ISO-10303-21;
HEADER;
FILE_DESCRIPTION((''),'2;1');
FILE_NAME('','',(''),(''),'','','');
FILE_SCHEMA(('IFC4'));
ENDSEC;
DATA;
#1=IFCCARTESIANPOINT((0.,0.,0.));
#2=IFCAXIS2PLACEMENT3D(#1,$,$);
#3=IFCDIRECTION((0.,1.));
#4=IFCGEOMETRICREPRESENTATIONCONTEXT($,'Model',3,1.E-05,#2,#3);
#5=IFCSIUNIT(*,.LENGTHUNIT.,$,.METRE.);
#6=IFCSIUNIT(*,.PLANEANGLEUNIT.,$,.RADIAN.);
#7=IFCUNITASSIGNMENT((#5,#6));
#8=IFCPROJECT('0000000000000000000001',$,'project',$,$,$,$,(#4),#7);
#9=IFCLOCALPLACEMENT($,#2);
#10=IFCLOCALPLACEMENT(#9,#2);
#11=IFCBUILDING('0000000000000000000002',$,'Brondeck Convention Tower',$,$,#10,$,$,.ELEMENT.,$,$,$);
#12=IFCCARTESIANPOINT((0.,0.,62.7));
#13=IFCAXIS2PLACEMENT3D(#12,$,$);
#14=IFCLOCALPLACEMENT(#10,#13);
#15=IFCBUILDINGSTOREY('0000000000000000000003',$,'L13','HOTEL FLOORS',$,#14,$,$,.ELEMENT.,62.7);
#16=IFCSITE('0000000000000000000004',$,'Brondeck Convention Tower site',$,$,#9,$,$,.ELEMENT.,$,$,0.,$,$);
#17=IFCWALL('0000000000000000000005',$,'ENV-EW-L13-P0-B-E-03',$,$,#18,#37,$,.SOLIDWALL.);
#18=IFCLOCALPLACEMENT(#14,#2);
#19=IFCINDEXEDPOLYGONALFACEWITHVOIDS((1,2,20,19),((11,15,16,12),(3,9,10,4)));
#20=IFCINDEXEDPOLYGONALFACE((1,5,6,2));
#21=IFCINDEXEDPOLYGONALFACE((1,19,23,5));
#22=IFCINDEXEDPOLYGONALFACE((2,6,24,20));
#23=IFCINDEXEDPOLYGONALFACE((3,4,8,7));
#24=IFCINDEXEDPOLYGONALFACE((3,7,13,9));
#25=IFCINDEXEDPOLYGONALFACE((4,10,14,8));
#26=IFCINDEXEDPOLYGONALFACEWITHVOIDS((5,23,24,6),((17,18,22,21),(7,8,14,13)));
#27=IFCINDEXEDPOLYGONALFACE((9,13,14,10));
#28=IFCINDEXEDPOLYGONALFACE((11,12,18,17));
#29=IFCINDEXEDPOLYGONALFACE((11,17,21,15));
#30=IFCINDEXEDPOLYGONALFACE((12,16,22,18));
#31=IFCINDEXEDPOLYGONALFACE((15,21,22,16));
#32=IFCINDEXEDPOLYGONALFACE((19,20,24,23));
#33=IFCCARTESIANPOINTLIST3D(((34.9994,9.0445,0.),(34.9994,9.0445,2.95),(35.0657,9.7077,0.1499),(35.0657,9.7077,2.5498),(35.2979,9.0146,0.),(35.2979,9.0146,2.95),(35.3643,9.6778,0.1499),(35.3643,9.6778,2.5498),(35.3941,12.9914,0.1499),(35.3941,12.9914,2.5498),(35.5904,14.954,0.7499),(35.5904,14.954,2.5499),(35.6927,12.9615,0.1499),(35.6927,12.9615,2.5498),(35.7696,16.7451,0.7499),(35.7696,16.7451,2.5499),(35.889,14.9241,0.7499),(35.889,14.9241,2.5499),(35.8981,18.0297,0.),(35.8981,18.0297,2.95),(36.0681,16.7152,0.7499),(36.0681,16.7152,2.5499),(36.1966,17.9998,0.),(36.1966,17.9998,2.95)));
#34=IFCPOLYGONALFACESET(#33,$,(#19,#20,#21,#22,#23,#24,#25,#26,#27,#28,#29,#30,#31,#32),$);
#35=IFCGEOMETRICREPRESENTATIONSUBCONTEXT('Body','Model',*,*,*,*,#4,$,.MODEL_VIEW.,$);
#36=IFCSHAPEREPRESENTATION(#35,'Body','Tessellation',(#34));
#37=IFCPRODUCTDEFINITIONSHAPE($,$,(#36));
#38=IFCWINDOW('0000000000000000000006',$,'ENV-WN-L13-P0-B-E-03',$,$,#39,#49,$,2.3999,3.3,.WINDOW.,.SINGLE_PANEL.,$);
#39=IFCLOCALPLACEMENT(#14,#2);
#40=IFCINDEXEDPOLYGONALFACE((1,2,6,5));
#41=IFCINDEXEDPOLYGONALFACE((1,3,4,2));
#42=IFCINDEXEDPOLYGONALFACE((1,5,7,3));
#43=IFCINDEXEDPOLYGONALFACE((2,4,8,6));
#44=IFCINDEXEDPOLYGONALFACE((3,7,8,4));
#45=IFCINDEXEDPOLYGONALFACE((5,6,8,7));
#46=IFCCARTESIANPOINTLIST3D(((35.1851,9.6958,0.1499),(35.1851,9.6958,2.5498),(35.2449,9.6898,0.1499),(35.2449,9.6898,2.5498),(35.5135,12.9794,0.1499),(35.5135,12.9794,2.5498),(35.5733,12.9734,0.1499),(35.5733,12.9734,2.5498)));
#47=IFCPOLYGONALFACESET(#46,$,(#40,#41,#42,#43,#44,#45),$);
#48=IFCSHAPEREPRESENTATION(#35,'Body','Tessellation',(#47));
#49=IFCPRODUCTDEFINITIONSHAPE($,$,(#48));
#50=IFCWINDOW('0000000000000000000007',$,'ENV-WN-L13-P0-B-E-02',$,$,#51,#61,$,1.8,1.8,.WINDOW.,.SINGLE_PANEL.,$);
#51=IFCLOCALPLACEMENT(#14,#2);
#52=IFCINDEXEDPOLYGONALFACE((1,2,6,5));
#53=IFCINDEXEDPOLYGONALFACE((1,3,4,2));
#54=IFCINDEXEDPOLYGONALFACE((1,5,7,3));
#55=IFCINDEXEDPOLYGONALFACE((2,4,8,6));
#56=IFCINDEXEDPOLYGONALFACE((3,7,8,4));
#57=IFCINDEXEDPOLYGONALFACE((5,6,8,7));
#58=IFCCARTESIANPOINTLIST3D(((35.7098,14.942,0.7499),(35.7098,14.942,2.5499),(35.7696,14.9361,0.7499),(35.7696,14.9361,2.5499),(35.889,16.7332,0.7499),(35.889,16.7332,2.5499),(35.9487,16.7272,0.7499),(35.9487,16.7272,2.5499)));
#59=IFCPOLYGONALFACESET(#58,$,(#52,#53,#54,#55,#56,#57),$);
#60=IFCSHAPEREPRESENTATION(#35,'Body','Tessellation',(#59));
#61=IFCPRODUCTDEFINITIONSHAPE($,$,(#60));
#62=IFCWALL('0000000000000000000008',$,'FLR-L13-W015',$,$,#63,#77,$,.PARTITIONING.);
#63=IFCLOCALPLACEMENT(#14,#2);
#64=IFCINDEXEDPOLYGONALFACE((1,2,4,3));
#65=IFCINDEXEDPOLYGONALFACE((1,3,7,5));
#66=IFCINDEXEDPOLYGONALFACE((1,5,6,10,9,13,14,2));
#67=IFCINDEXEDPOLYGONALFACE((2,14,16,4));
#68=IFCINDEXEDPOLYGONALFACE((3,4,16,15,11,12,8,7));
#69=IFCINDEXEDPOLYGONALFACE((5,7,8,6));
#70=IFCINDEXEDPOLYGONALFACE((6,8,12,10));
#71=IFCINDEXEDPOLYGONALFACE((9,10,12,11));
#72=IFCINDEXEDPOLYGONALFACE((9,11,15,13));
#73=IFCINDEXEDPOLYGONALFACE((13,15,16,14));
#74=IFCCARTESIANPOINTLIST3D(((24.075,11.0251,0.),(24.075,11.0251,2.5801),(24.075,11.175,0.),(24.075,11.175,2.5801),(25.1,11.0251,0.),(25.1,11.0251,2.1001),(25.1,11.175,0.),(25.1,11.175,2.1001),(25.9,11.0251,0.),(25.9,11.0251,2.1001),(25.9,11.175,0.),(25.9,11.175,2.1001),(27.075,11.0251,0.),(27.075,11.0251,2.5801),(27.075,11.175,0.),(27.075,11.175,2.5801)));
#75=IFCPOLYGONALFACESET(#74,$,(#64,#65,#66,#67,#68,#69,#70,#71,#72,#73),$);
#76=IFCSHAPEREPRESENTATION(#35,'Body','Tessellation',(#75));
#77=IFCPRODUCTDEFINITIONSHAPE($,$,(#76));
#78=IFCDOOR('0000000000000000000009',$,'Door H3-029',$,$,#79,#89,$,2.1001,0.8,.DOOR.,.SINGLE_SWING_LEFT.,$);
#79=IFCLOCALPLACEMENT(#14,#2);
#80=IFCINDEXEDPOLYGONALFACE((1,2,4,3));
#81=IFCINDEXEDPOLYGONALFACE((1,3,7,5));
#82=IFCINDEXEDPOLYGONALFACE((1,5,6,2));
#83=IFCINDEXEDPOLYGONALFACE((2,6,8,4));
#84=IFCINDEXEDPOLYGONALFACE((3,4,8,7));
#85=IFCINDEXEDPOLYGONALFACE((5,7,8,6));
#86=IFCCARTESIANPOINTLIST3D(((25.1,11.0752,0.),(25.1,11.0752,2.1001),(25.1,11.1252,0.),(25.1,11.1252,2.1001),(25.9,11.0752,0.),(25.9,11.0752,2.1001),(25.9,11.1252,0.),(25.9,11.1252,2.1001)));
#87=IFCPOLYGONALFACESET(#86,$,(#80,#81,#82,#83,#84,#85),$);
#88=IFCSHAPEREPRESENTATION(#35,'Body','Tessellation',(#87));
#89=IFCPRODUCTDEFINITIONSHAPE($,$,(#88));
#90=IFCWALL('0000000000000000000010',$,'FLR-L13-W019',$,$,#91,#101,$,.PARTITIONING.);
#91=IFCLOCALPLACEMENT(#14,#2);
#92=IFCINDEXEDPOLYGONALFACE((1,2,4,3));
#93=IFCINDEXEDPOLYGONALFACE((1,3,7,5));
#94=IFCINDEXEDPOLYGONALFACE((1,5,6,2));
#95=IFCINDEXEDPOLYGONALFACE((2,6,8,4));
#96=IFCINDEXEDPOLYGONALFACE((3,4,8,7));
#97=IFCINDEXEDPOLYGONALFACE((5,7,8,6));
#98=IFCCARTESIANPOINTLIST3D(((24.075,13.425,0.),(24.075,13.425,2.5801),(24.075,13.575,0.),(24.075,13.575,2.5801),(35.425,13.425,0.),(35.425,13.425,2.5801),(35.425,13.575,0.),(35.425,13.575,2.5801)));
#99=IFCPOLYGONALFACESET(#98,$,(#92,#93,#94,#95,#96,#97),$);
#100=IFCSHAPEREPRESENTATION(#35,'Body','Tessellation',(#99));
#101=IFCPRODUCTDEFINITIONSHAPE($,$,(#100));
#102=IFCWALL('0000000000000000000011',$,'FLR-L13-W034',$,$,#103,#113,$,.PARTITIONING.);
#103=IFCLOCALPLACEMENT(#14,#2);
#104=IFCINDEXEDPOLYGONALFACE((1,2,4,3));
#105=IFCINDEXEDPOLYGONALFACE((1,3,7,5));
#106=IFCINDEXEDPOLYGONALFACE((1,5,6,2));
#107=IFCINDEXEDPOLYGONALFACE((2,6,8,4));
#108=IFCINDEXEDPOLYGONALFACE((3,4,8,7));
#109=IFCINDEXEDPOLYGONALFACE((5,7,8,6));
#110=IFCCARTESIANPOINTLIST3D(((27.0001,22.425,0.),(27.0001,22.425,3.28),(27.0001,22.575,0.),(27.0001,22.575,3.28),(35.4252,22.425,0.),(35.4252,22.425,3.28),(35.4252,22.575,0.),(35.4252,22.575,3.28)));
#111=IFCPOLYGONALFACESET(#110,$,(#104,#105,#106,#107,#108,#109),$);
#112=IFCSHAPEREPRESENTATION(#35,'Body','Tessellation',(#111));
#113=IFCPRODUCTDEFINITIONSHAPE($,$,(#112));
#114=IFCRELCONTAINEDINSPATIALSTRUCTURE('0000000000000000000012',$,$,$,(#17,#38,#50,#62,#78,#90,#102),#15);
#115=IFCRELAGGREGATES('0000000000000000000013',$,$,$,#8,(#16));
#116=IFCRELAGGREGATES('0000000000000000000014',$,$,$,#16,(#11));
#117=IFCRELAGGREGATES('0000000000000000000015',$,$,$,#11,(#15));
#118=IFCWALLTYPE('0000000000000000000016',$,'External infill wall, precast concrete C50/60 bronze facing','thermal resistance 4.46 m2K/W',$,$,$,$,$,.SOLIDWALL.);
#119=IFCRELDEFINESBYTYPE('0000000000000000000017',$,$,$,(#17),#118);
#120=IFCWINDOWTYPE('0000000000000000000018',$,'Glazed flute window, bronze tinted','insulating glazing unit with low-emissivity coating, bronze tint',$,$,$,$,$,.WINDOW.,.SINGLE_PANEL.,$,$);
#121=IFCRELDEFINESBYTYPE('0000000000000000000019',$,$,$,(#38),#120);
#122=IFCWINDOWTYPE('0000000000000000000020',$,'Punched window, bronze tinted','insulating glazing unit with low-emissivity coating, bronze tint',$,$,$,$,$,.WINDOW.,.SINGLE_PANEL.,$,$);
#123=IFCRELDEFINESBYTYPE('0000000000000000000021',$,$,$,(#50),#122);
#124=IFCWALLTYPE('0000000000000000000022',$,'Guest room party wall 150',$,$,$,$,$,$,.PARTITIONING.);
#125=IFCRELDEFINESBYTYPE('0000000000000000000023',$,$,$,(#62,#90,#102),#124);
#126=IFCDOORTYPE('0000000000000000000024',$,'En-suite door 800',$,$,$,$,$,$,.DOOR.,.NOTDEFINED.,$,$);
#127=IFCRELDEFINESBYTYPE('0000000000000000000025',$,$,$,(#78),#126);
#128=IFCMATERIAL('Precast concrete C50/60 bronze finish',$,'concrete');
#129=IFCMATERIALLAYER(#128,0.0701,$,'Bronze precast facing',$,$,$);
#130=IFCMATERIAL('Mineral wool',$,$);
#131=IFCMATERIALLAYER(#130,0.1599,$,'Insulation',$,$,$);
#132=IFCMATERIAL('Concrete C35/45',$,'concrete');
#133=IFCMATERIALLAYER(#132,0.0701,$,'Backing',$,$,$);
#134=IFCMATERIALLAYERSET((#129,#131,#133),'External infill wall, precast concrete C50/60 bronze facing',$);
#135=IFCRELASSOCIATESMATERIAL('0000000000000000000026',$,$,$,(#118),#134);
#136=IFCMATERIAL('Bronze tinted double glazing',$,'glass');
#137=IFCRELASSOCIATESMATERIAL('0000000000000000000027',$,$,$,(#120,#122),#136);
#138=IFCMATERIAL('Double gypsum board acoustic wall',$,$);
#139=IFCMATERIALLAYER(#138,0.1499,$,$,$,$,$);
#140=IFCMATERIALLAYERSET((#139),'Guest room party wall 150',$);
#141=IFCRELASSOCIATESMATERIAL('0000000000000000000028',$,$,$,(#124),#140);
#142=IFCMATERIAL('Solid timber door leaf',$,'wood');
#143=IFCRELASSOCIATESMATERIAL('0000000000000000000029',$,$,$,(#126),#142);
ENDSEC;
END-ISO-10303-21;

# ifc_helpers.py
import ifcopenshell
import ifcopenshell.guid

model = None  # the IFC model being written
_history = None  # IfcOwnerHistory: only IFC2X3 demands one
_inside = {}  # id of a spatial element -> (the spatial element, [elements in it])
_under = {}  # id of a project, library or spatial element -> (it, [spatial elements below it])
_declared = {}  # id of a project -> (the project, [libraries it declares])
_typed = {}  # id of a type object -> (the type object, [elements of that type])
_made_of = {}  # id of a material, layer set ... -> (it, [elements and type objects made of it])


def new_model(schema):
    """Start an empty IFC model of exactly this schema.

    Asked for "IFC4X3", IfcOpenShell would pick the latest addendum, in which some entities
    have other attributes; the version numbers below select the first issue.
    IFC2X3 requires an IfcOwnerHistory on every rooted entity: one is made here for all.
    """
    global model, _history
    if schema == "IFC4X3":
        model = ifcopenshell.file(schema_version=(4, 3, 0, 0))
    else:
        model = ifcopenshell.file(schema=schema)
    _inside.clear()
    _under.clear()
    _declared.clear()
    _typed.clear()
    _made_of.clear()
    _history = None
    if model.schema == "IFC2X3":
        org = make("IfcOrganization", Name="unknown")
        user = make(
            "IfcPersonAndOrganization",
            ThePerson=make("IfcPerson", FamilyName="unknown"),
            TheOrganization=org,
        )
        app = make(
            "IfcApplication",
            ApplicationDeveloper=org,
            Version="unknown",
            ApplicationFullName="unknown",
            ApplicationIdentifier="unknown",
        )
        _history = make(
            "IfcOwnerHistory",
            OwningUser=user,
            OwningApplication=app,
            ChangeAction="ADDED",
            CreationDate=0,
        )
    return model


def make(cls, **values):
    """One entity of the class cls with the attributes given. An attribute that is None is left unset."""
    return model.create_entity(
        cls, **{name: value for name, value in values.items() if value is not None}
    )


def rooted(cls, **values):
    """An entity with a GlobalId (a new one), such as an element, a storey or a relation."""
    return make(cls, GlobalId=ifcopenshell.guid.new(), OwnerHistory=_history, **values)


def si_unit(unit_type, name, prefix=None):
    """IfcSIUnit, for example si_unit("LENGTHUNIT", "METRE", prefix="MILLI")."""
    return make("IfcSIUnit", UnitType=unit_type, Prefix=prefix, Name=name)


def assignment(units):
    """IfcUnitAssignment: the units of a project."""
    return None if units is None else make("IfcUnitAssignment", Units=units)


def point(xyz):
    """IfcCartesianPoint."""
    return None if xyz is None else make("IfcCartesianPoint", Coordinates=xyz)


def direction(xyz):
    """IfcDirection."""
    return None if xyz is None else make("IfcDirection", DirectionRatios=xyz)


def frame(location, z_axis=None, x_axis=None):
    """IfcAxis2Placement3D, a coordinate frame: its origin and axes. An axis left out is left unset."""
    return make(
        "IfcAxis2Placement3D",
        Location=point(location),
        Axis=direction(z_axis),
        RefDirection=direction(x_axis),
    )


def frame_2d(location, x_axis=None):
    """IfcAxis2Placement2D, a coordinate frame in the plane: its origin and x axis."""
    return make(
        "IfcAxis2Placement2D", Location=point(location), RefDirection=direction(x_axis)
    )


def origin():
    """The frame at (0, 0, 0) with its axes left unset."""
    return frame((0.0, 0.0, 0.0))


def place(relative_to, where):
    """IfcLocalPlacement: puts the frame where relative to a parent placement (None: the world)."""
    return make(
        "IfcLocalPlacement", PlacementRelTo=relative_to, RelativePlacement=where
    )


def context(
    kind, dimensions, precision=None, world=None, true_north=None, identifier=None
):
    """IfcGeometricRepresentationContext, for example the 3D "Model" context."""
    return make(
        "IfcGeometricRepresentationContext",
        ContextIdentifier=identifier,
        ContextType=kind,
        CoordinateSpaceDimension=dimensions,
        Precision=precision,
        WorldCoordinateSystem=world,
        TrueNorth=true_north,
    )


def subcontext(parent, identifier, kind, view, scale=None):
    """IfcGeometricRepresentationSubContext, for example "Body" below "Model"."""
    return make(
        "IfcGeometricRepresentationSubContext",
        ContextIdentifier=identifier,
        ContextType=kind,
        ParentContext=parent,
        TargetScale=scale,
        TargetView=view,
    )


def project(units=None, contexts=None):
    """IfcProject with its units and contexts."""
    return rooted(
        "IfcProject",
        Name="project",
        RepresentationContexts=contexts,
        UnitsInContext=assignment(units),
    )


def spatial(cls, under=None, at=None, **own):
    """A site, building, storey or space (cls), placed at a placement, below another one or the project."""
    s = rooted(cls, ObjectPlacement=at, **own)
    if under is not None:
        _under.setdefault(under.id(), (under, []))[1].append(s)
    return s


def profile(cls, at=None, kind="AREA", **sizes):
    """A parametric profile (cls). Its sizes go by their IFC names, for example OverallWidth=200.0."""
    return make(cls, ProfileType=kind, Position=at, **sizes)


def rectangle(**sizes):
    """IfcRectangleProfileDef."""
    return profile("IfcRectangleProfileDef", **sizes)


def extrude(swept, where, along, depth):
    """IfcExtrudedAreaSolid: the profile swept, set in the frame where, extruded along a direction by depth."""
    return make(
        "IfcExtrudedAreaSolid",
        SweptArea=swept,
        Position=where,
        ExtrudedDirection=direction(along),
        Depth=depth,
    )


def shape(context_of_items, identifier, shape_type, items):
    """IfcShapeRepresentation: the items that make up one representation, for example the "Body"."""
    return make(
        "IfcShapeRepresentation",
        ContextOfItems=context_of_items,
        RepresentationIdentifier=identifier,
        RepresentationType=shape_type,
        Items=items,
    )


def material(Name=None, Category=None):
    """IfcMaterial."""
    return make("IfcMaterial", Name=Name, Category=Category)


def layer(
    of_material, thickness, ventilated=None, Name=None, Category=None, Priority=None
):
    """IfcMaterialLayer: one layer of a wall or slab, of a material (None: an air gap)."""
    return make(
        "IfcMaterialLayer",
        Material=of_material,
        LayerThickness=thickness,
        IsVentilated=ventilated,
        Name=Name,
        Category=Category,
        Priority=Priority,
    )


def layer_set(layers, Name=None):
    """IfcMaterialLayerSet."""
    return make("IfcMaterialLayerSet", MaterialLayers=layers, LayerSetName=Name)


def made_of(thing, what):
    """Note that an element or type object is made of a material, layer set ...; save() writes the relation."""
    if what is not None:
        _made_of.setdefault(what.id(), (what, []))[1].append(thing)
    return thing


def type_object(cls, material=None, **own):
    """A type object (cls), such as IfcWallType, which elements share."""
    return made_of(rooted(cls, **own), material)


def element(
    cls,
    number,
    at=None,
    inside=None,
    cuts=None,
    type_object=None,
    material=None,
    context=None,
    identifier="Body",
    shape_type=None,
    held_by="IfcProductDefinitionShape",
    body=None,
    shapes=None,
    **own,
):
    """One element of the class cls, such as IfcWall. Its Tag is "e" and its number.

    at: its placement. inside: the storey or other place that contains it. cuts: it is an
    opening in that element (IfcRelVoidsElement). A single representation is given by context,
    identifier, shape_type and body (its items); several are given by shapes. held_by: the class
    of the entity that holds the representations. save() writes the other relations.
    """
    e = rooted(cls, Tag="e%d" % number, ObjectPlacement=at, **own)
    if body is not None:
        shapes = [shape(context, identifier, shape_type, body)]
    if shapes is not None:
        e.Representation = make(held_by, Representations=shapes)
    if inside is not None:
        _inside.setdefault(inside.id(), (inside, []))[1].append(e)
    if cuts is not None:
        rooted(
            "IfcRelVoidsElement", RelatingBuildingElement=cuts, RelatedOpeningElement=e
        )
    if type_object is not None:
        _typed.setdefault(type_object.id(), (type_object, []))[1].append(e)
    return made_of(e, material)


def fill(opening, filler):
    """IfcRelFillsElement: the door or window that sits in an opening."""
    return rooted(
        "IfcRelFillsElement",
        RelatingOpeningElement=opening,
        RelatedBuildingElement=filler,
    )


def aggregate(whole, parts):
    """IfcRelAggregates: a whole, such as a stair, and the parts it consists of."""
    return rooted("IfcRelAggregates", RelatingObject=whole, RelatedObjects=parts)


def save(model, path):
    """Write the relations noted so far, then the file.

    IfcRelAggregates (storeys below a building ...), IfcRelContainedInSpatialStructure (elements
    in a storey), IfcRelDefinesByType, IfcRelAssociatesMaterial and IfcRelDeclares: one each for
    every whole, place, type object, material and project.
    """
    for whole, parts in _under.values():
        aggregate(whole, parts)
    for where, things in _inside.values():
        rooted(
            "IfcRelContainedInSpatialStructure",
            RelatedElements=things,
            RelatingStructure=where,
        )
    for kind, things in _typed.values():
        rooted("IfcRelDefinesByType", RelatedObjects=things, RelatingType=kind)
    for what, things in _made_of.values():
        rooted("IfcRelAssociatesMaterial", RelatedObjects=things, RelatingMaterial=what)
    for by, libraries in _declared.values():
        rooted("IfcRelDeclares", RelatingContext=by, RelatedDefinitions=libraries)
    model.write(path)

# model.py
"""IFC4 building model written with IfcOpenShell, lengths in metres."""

from ifc_helpers import new_model, si_unit, direction, frame, frame_2d, origin, place, context, subcontext, project, spatial, rectangle, extrude, material, layer, layer_set, type_object, element, fill, save


model = new_model("IFC4")

# Units and contexts
model_context = context("Model", 3, precision=1e-05, world=origin(), true_north=direction((0.0, 1.0)))
body_context = subcontext(model_context, "Body", "Model", "MODEL_VIEW")
ifc_project = project(units=[si_unit("LENGTHUNIT", "METRE"), si_unit("PLANEANGLEUNIT", "RADIAN")], contexts=[model_context])

# Site, building, storey
site_placement = place(None, origin())
site = spatial("IfcSite", under=ifc_project, at=site_placement, Name="Brondeck Convention Tower site", CompositionType="ELEMENT", RefElevation=0.0)
building_placement = place(site_placement, origin())
building = spatial("IfcBuilding", under=site, at=building_placement, Name="Brondeck Convention Tower", CompositionType="ELEMENT")
storey_placement = place(building_placement, frame((0.0, 0.0, 62.7)))
storey = spatial("IfcBuildingStorey", under=building, at=storey_placement, Name="L13", Description="HOTEL FLOORS", CompositionType="ELEMENT", Elevation=62.7)

# Wall, openings, windows
ifc_material_1 = material(Name="Precast concrete C50/60 bronze finish", Category="concrete")
ifc_layer_1 = layer(ifc_material_1, 0.0701, Name="Bronze precast facing")
ifc_material_2 = material(Name="Mineral wool")
ifc_layer_2 = layer(ifc_material_2, 0.1599, Name="Insulation")
ifc_material_3 = material(Name="Concrete C35/45", Category="concrete")
ifc_layer_3 = layer(ifc_material_3, 0.0701, Name="Backing")
ifc_layer_set_1 = layer_set([ifc_layer_1, ifc_layer_2, ifc_layer_3], Name="External infill wall, precast concrete C50/60 bronze facing")
wall_type_1 = type_object("IfcWallType", Name="External infill wall, precast concrete C50/60 bronze facing", Description="thermal resistance 4.46 m2K/W", PredefinedType="SOLIDWALL", material=ifc_layer_set_1)
wall_1_placement = place(storey_placement, frame((36.0474, 18.0149, 0.0), z_axis=(0.0, 0.0, 1.0), x_axis=(-0.099522, -0.995035, 0.0)))
wall_1 = element("IfcWall", 1, at=wall_1_placement, inside=storey, type_object=wall_type_1, Name="ENV-EW-L13-P0-B-E-03", PredefinedType="SOLIDWALL", context=body_context, shape_type="SweptSolid", body=[
    extrude(rectangle(XDim=9.03, YDim=0.3, at=frame_2d((4.5151, 0.0))), origin(), (0.0, 0.0, 1.0), 2.95),
])
opening_1_placement = place(wall_1_placement, frame((1.2913, 0.0, 0.75)))
opening_1 = element("IfcOpeningElement", 2, at=opening_1_placement, cuts=wall_1, PredefinedType="OPENING", context=body_context, shape_type="SweptSolid", body=[
    extrude(rectangle(XDim=1.8, YDim=1.8, at=frame_2d((0.8999, 0.8999))), frame((0.0, 0.1599, 0.0), z_axis=(0.0, -1.0, 0.0), x_axis=(1.0, 0.0, 0.0)), (0.0, 0.0, 1.0), 0.3201),
])
opening_2_placement = place(wall_1_placement, frame((5.0637, 0.0, 0.1499)))
opening_2 = element("IfcOpeningElement", 3, at=opening_2_placement, cuts=wall_1, PredefinedType="OPENING", context=body_context, shape_type="SweptSolid", body=[
    extrude(rectangle(XDim=3.3, YDim=2.3999, at=frame_2d((1.6499, 1.2))), frame((0.0, 0.1599, 0.0), z_axis=(0.0, -1.0, 0.0), x_axis=(1.0, 0.0, 0.0)), (0.0, 0.0, 1.0), 0.3201),
])
ifc_material_4 = material(Name="Bronze tinted double glazing", Category="glass")
window_type_1 = type_object("IfcWindowType", Name="Glazed flute window, bronze tinted", Description="insulating glazing unit with low-emissivity coating, bronze tint", PartitioningType="SINGLE_PANEL", PredefinedType="WINDOW", material=ifc_material_4)
window_1_placement = place(opening_2_placement, origin())
window_1 = element("IfcWindow", 4, at=window_1_placement, inside=storey, type_object=window_type_1, Name="ENV-WN-L13-P0-B-E-03", OverallHeight=2.3999, OverallWidth=3.3, PartitioningType="SINGLE_PANEL", PredefinedType="WINDOW", context=body_context, shape_type="SweptSolid", body=[
    extrude(rectangle(XDim=3.3, YDim=2.3999, at=frame_2d((1.6499, 1.2))), frame((0.0, 0.03, 0.0), z_axis=(0.0, -1.0, 0.0), x_axis=(1.0, 0.0, 0.0)), (0.0, 0.0, 1.0), 0.0601),
])
fill(opening_2, window_1)
window_type_2 = type_object("IfcWindowType", Name="Punched window, bronze tinted", Description="insulating glazing unit with low-emissivity coating, bronze tint", PartitioningType="SINGLE_PANEL", PredefinedType="WINDOW", material=ifc_material_4)
window_2_placement = place(opening_1_placement, origin())
window_2 = element("IfcWindow", 5, at=window_2_placement, inside=storey, type_object=window_type_2, Name="ENV-WN-L13-P0-B-E-02", OverallHeight=1.8, OverallWidth=1.8, PartitioningType="SINGLE_PANEL", PredefinedType="WINDOW", context=body_context, shape_type="SweptSolid", body=[
    extrude(rectangle(XDim=1.8, YDim=1.8, at=frame_2d((0.8999, 0.8999))), frame((0.0, 0.03, 0.0), z_axis=(0.0, -1.0, 0.0), x_axis=(1.0, 0.0, 0.0)), (0.0, 0.0, 1.0), 0.0601),
])
fill(opening_1, window_2)

# Wall, opening, door
ifc_material_5 = material(Name="Double gypsum board acoustic wall")
ifc_layer_4 = layer(ifc_material_5, 0.1499)
ifc_layer_set_2 = layer_set([ifc_layer_4], Name="Guest room party wall 150")
wall_type_2 = type_object("IfcWallType", Name="Guest room party wall 150", PredefinedType="PARTITIONING", material=ifc_layer_set_2)
wall_2_placement = place(storey_placement, frame((27.075, 11.1001, 0.0), z_axis=(0.0, 0.0, 1.0), x_axis=(-1.0, 0.0, 0.0)))
wall_2 = element("IfcWall", 6, at=wall_2_placement, inside=storey, type_object=wall_type_2, Name="FLR-L13-W015", PredefinedType="PARTITIONING", context=body_context, shape_type="SweptSolid", body=[
    extrude(rectangle(XDim=3.0, YDim=0.1499, at=frame_2d((1.5, 0.0))), origin(), (0.0, 0.0, 1.0), 2.5801),
])
opening_3_placement = place(wall_2_placement, frame((1.175, 0.0, 0.0)))
opening_3 = element("IfcOpeningElement", 7, at=opening_3_placement, cuts=wall_2, PredefinedType="OPENING", context=body_context, shape_type="SweptSolid", body=[
    extrude(rectangle(XDim=0.8, YDim=2.1001, at=frame_2d((0.3999, 1.05))), frame((0.0, 0.085, 0.0), z_axis=(0.0, -1.0, 0.0), x_axis=(1.0, 0.0, 0.0)), (0.0, 0.0, 1.0), 0.1699),
])
ifc_material_6 = material(Name="Solid timber door leaf", Category="wood")
door_type = type_object("IfcDoorType", Name="En-suite door 800", OperationType="NOTDEFINED", PredefinedType="DOOR", material=ifc_material_6)
door_placement = place(opening_3_placement, origin())
door = element("IfcDoor", 8, at=door_placement, inside=storey, type_object=door_type, Name="Door H3-029", OperationType="SINGLE_SWING_LEFT", OverallHeight=2.1001, OverallWidth=0.8, PredefinedType="DOOR", context=body_context, shape_type="SweptSolid", body=[
    extrude(rectangle(XDim=0.8, YDim=2.1001, at=frame_2d((0.3999, 1.05))), frame((0.0, 0.0249, 0.0), z_axis=(0.0, -1.0, 0.0), x_axis=(1.0, 0.0, 0.0)), (0.0, 0.0, 1.0), 0.05),
])
fill(opening_3, door)

# Walls
wall_3_placement = place(storey_placement, frame((35.425, 13.5, 0.0), z_axis=(0.0, 0.0, 1.0), x_axis=(-1.0, 0.0, 0.0)))
element("IfcWall", 9, at=wall_3_placement, inside=storey, type_object=wall_type_2, Name="FLR-L13-W019", PredefinedType="PARTITIONING", context=body_context, shape_type="SweptSolid", body=[
    extrude(rectangle(XDim=11.3501, YDim=0.1499, at=frame_2d((5.675, 0.0))), origin(), (0.0, 0.0, 1.0), 2.5801),
])
wall_4_placement = place(storey_placement, frame((35.425, 22.5, 0.0), z_axis=(0.0, 0.0, 1.0), x_axis=(-1.0, 0.0, 0.0)))
element("IfcWall", 10, at=wall_4_placement, inside=storey, type_object=wall_type_2, Name="FLR-L13-W034", PredefinedType="PARTITIONING", context=body_context, shape_type="SweptSolid", body=[
    extrude(rectangle(XDim=8.425, YDim=0.1499, at=frame_2d((4.2124, 0.0))), origin(), (0.0, 0.0, 1.0), 3.28),
])

save(model, "model.ifc")
